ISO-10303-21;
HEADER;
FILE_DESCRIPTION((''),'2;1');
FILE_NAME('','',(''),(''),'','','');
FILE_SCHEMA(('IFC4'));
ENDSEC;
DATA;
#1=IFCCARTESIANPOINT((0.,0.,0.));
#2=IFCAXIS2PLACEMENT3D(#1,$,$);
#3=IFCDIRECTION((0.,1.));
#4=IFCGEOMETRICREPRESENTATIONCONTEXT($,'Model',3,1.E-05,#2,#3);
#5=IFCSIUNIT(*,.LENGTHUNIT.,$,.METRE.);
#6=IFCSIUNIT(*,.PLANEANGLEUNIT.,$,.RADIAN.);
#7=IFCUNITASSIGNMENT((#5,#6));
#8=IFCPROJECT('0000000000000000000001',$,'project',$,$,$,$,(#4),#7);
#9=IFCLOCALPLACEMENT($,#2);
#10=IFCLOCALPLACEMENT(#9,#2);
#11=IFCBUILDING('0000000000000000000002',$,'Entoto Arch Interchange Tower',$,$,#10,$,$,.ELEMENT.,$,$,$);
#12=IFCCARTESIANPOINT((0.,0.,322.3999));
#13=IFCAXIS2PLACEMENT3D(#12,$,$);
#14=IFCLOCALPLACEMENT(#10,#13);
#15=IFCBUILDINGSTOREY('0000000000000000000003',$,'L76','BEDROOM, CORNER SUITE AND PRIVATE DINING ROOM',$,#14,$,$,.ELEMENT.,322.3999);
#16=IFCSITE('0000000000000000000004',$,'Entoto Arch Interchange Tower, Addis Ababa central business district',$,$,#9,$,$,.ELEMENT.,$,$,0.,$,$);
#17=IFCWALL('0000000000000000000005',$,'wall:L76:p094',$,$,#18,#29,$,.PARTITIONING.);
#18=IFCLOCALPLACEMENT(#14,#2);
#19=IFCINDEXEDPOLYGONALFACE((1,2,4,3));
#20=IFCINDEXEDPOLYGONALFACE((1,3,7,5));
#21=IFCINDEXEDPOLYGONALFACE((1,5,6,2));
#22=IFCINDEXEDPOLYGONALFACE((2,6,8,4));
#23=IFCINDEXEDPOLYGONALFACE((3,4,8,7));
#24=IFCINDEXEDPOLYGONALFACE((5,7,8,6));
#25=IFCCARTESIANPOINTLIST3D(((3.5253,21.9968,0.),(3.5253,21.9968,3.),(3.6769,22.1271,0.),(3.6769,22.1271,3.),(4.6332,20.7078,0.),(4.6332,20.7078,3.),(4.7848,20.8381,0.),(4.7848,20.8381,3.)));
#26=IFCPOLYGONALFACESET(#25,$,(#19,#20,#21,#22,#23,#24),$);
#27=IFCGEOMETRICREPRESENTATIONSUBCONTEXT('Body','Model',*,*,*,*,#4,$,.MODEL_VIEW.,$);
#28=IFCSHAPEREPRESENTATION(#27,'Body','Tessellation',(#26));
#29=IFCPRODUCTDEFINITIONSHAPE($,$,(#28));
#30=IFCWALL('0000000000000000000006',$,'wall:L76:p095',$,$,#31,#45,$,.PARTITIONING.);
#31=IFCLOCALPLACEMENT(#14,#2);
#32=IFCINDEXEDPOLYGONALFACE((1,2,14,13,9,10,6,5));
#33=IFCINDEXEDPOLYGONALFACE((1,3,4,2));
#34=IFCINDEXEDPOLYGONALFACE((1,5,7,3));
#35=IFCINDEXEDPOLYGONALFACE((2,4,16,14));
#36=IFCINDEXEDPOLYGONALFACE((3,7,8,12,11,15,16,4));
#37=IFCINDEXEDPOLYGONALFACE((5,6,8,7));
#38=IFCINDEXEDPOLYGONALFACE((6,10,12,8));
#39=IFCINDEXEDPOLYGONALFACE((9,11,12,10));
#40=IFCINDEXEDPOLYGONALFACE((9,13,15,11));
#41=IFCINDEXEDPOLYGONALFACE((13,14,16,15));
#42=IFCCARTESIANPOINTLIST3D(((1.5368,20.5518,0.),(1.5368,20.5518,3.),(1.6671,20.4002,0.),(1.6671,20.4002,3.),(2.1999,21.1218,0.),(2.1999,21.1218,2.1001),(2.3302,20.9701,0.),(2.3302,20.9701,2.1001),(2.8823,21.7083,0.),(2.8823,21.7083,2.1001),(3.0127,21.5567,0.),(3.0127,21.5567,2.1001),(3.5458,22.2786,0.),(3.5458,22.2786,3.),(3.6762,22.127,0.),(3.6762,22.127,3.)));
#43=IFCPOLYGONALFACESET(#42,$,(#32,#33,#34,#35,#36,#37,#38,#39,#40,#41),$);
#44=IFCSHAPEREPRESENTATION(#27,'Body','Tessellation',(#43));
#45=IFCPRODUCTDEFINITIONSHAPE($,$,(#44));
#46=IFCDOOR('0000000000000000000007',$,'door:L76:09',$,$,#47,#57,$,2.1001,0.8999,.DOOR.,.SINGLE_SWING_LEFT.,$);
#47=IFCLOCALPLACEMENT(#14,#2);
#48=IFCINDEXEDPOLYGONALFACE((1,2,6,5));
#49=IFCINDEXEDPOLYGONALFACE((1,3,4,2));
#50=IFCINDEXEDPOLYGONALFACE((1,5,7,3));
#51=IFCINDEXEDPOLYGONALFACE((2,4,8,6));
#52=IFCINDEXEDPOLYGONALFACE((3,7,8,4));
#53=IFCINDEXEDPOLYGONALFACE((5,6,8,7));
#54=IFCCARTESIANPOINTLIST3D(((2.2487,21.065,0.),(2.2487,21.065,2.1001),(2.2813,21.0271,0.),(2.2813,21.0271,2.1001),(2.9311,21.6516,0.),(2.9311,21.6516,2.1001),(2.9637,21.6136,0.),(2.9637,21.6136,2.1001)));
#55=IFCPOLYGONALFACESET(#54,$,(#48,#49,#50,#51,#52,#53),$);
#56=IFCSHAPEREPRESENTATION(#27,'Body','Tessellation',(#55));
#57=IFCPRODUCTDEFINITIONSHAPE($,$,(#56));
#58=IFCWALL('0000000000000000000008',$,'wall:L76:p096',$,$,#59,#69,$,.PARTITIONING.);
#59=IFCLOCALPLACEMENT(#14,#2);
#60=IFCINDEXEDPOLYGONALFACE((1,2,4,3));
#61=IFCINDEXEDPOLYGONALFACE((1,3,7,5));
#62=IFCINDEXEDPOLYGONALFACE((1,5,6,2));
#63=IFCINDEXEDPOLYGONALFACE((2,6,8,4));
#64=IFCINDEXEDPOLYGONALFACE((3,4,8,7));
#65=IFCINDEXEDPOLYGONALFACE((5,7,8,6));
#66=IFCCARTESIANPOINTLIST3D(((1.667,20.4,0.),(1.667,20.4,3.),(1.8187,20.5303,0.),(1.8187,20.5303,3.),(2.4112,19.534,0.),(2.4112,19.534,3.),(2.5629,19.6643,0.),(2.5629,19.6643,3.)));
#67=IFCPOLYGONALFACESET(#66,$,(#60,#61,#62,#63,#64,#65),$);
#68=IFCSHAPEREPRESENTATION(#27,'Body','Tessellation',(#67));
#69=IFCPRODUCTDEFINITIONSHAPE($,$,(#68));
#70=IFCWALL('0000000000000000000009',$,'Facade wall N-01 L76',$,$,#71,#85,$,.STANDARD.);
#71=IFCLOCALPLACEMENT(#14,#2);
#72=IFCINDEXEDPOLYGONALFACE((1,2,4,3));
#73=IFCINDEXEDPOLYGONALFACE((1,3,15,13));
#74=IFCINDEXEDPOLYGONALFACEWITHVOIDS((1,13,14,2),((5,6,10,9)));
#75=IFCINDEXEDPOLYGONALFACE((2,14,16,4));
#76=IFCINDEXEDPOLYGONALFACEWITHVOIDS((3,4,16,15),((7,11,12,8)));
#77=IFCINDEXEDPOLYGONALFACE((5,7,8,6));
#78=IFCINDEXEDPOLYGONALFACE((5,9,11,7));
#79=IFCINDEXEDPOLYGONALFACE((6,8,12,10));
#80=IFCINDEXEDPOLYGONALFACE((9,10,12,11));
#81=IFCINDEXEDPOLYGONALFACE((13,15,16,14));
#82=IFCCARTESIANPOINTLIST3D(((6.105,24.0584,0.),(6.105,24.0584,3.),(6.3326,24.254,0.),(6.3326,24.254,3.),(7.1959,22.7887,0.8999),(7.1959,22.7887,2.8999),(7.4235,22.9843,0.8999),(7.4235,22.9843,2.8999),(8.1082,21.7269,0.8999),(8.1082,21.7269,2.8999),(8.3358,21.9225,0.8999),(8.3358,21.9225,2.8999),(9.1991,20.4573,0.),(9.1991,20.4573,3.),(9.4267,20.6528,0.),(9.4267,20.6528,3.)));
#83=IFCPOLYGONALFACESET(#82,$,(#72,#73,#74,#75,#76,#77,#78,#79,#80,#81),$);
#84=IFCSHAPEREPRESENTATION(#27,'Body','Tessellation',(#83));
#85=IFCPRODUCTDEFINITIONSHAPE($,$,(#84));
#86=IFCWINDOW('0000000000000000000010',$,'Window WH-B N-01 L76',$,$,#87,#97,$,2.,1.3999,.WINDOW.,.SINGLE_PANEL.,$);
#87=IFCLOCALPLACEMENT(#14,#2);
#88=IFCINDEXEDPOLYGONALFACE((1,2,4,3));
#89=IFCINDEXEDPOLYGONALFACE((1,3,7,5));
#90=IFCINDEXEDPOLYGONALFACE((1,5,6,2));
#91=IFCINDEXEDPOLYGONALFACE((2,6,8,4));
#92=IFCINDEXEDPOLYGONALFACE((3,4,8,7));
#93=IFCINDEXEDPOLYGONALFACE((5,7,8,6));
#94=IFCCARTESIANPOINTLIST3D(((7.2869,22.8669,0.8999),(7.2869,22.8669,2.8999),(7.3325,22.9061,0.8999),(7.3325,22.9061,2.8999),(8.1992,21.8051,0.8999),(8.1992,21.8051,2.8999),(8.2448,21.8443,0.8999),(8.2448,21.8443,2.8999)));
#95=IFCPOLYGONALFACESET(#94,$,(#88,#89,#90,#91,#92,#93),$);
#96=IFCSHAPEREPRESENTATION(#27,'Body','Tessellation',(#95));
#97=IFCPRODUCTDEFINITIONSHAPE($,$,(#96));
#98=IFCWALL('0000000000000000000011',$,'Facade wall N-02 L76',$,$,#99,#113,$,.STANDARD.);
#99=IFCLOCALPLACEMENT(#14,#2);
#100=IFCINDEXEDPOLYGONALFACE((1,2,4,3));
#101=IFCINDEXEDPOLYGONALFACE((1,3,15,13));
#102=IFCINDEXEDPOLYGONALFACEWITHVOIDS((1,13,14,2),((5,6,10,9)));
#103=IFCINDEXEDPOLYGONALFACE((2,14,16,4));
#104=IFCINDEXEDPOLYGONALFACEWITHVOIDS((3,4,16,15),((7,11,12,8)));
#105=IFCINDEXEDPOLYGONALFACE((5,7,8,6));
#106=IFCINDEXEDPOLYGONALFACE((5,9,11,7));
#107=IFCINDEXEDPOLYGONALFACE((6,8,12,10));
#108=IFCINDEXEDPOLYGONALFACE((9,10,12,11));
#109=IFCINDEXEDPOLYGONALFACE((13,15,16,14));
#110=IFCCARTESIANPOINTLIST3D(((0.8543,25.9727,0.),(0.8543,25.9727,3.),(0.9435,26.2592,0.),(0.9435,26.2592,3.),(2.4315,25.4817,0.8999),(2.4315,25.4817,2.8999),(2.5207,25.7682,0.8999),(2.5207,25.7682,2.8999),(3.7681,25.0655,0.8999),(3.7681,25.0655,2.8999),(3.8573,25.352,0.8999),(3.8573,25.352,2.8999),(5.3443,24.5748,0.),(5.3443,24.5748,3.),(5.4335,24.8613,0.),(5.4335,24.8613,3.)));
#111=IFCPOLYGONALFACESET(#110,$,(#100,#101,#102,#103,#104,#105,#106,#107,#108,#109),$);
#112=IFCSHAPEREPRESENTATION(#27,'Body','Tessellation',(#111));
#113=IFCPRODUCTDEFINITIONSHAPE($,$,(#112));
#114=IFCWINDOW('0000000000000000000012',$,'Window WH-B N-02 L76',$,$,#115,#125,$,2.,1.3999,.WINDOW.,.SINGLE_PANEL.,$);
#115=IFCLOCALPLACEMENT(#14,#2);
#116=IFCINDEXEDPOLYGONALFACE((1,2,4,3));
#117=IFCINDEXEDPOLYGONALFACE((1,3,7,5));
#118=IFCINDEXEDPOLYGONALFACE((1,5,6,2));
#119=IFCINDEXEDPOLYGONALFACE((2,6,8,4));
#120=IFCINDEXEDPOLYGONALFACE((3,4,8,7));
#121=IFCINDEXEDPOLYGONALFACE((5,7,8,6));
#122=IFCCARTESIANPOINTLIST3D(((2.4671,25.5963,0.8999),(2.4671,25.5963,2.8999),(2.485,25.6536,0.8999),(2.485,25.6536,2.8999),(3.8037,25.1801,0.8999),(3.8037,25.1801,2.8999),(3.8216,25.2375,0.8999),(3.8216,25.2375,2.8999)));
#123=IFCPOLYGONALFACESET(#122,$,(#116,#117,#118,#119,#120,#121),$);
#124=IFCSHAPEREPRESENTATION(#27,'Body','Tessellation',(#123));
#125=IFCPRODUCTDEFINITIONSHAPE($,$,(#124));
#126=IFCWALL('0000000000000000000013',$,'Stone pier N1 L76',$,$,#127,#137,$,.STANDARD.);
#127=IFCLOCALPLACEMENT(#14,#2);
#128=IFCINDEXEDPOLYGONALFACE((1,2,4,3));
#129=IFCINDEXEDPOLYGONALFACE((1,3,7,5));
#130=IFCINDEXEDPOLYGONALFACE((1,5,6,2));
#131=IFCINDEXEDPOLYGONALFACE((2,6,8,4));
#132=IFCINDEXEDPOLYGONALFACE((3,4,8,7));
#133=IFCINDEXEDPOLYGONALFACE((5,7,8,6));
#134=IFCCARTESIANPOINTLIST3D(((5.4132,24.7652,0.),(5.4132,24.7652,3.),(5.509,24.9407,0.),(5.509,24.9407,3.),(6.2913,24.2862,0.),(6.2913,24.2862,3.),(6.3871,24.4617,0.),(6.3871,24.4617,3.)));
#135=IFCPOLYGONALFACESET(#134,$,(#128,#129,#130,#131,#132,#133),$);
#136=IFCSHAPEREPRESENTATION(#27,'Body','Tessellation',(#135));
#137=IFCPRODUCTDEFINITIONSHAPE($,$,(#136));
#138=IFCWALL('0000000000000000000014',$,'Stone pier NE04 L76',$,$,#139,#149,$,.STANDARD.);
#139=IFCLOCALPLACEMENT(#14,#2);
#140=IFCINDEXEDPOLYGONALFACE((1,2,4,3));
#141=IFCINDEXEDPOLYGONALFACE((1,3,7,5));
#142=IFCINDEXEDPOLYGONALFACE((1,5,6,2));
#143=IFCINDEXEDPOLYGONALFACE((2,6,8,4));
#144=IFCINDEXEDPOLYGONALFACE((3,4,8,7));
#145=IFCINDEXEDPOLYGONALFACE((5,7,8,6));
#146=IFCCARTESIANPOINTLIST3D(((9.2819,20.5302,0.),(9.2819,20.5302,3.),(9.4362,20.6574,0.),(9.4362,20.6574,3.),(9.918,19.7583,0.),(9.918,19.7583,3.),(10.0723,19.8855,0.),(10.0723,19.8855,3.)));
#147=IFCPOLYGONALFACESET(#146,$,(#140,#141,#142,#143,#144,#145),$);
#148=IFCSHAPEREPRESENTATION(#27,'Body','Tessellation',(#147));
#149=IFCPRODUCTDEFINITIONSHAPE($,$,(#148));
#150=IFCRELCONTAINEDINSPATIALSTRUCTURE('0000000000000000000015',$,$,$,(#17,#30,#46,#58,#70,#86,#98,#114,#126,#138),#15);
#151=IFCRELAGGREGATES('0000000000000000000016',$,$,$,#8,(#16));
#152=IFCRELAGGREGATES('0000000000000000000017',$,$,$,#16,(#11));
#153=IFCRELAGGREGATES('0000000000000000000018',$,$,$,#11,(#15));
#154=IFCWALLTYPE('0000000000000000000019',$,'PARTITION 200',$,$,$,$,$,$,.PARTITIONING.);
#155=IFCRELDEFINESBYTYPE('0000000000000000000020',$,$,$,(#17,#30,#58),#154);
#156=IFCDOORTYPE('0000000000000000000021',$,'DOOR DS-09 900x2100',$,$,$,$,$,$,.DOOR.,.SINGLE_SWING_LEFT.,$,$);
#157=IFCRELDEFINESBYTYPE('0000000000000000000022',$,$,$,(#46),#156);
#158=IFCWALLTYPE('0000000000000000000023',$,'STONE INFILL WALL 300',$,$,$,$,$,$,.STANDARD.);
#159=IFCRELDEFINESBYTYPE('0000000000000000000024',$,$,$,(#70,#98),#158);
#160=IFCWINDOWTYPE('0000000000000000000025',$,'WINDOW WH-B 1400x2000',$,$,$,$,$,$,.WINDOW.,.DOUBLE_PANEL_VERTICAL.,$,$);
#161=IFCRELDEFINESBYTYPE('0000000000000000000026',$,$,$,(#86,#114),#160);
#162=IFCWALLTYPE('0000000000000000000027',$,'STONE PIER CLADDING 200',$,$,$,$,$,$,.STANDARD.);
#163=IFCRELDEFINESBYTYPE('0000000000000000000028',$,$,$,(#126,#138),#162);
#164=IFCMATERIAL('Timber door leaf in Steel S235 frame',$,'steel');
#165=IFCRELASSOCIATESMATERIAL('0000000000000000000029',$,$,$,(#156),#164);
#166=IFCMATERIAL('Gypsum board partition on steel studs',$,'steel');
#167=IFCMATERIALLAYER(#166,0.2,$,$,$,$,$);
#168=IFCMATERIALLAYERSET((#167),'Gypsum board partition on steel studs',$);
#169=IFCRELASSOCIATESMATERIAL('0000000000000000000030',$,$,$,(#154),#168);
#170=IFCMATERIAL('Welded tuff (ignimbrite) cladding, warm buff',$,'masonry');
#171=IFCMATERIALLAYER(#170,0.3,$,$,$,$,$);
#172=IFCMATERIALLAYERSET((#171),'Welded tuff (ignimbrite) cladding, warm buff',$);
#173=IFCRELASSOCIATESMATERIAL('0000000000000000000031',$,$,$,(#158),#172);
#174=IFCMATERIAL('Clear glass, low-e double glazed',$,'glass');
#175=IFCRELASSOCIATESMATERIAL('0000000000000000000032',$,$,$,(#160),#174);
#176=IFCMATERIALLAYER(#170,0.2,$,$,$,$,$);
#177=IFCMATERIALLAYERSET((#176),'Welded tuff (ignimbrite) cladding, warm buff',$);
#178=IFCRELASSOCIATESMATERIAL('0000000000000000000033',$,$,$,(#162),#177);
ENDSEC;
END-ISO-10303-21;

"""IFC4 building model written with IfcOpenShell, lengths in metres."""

from ifc_helpers import new_model, si_unit, direction, frame, frame_2d, origin, place, context, subcontext, project, spatial, rectangle, extrude, material, layer, layer_set, type_object, element, fill, save


model = new_model("IFC4")

# Units and contexts
model_context = context("Model", 3, precision=1e-05, world=origin(), true_north=direction((0.0, 1.0)))
body_context = subcontext(model_context, "Body", "Model", "MODEL_VIEW")
ifc_project = project(units=[si_unit("LENGTHUNIT", "METRE"), si_unit("PLANEANGLEUNIT", "RADIAN")], contexts=[model_context])

# Site, building, storey
site_placement = place(None, origin())
site = spatial("IfcSite", under=ifc_project, at=site_placement, Name="Entoto Arch Interchange Tower, Addis Ababa central business district", CompositionType="ELEMENT", RefElevation=0.0)
building_placement = place(site_placement, origin())
building = spatial("IfcBuilding", under=site, at=building_placement, Name="Entoto Arch Interchange Tower", CompositionType="ELEMENT")
storey_placement = place(building_placement, frame((0.0, 0.0, 322.3999)))
storey = spatial("IfcBuildingStorey", under=building, at=storey_placement, Name="L76", Description="BEDROOM, CORNER SUITE AND PRIVATE DINING ROOM", CompositionType="ELEMENT", Elevation=322.3999)

# Shared definitions
ifc_material_1 = material(Name="Gypsum board partition on steel studs", Category="steel")
ifc_material_2 = material(Name="Timber door leaf in Steel S235 frame", Category="steel")
door_type_1 = type_object("IfcDoorType", Name="DOOR DS-09 900x2100", OperationType="SINGLE_SWING_LEFT", PredefinedType="DOOR", material=ifc_material_2)

# Shared definitions
ifc_layer_1 = layer(ifc_material_1, 0.2)
ifc_layer_set_1 = layer_set([ifc_layer_1], Name="Gypsum board partition on steel studs")
wall_type_1 = type_object("IfcWallType", Name="PARTITION 200", PredefinedType="PARTITIONING", material=ifc_layer_set_1)

# Wall
wall_1_placement = place(storey_placement, frame((4.709, 20.7729, 0.0), z_axis=(0.0, 0.0, 1.0), x_axis=(-0.651808, 0.758384, 0.0)))
element("IfcWall", 1, at=wall_1_placement, inside=storey, type_object=wall_type_1, Name="wall:L76:p094", PredefinedType="PARTITIONING", context=body_context, shape_type="SweptSolid", body=[
    extrude(rectangle(XDim=1.6997, YDim=0.2, at=frame_2d((0.8499, 0.0))), origin(), (0.0, 0.0, 1.0), 3.0),
])

# Wall, opening, door
wall_2_placement = place(storey_placement, frame((3.6111, 22.2029, 0.0), z_axis=(0.0, 0.0, 1.0), x_axis=(-0.758365, -0.651831, 0.0)))
wall_2 = element("IfcWall", 2, at=wall_2_placement, inside=storey, type_object=wall_type_1, Name="wall:L76:p095", PredefinedType="PARTITIONING", context=body_context, shape_type="SweptSolid", body=[
    extrude(rectangle(XDim=2.6492, YDim=0.2, at=frame_2d((1.3247, 0.0))), origin(), (0.0, 0.0, 1.0), 3.0),
])
opening_1_placement = place(wall_2_placement, frame((0.875, 0.0, 0.0)))
opening_1 = element("IfcOpeningElement", 3, at=opening_1_placement, cuts=wall_2, PredefinedType="OPENING", context=body_context, shape_type="SweptSolid", body=[
    extrude(rectangle(XDim=0.8999, YDim=2.1001, at=frame_2d((0.45, 1.05))), frame((0.0, 0.1099, 0.0), z_axis=(0.0, -1.0, 0.0), x_axis=(1.0, 0.0, 0.0)), (0.0, 0.0, 1.0), 0.22),
])
door_1_placement = place(opening_1_placement, origin())
door_1 = element("IfcDoor", 4, at=door_1_placement, inside=storey, type_object=door_type_1, Name="door:L76:09", OperationType="SINGLE_SWING_LEFT", OverallHeight=2.1001, OverallWidth=0.8999, PredefinedType="DOOR", context=body_context, shape_type="SweptSolid", body=[
    extrude(rectangle(XDim=0.8999, YDim=2.1001, at=frame_2d((0.45, 1.05))), frame((0.0, 0.0249, 0.0), z_axis=(0.0, -1.0, 0.0), x_axis=(1.0, 0.0, 0.0)), (0.0, 0.0, 1.0), 0.05),
])
fill(opening_1, door_1)

# Wall
wall_3_placement = place(storey_placement, frame((1.7429, 20.4651, 0.0), z_axis=(0.0, 0.0, 1.0), x_axis=(0.651742, -0.758441, 0.0)))
element("IfcWall", 5, at=wall_3_placement, inside=storey, type_object=wall_type_1, Name="wall:L76:p096", PredefinedType="PARTITIONING", context=body_context, shape_type="SweptSolid", body=[
    extrude(rectangle(XDim=1.1418, YDim=0.2, at=frame_2d((0.5708, 0.0))), origin(), (0.0, 0.0, 1.0), 3.0),
])

# Walls, openings, windows
ifc_material_3 = material(Name="Welded tuff (ignimbrite) cladding, warm buff", Category="masonry")
ifc_layer_2 = layer(ifc_material_3, 0.3)
ifc_layer_set_2 = layer_set([ifc_layer_2], Name="Welded tuff (ignimbrite) cladding, warm buff")
wall_type_2 = type_object("IfcWallType", Name="STONE INFILL WALL 300", PredefinedType="STANDARD", material=ifc_layer_set_2)
wall_4_placement = place(storey_placement, frame((9.313, 20.5549, 0.0), z_axis=(0.0, 0.0, 1.0), x_axis=(-0.651684, 0.75849, 0.0)))
wall_4 = element("IfcWall", 6, at=wall_4_placement, inside=storey, type_object=wall_type_2, Name="Facade wall N-01 L76", PredefinedType="STANDARD", context=body_context, shape_type="SweptSolid", body=[
    extrude(rectangle(XDim=4.7478, YDim=0.3, at=frame_2d((2.374, 0.0))), origin(), (0.0, 0.0, 1.0), 3.0),
])
opening_2_placement = place(wall_4_placement, frame((1.6741, 0.0, 0.8999)))
opening_2 = element("IfcOpeningElement", 7, at=opening_2_placement, cuts=wall_4, PredefinedType="OPENING", context=body_context, shape_type="SweptSolid", body=[
    extrude(rectangle(XDim=1.3999, YDim=2.0, at=frame_2d((0.7, 1.0))), frame((0.0, 0.1602, 0.0), z_axis=(0.0, -1.0, 0.0), x_axis=(1.0, 0.0, 0.0)), (0.0, 0.0, 1.0), 0.3201),
])
ifc_material_4 = material(Name="Clear glass, low-e double glazed", Category="glass")
window_type = type_object("IfcWindowType", Name="WINDOW WH-B 1400x2000", PartitioningType="DOUBLE_PANEL_VERTICAL", PredefinedType="WINDOW", material=ifc_material_4)
window_1_placement = place(opening_2_placement, origin())
window_1 = element("IfcWindow", 8, at=window_1_placement, inside=storey, type_object=window_type, Name="Window WH-B N-01 L76", OverallHeight=2.0, OverallWidth=1.3999, PartitioningType="SINGLE_PANEL", PredefinedType="WINDOW", context=body_context, shape_type="SweptSolid", body=[
    extrude(rectangle(XDim=1.3999, YDim=2.0, at=frame_2d((0.7, 1.0))), frame((0.0, 0.03, 0.0), z_axis=(0.0, -1.0, 0.0), x_axis=(1.0, 0.0, 0.0)), (0.0, 0.0, 1.0), 0.0601),
])
fill(opening_2, window_1)
wall_5_placement = place(storey_placement, frame((5.3889, 24.718, 0.0), z_axis=(0.0, 0.0, 1.0), x_axis=(-0.954793, 0.297273, 0.0)))
wall_5 = element("IfcWall", 9, at=wall_5_placement, inside=storey, type_object=wall_type_2, Name="Facade wall N-02 L76", PredefinedType="STANDARD", context=body_context, shape_type="SweptSolid", body=[
    extrude(rectangle(XDim=4.7026, YDim=0.3, at=frame_2d((2.3513, 0.0))), origin(), (0.0, 0.0, 1.0), 3.0),
])
opening_3_placement = place(wall_5_placement, frame((1.6509, 0.0, 0.8999)))
opening_3 = element("IfcOpeningElement", 10, at=opening_3_placement, cuts=wall_5, PredefinedType="OPENING", context=body_context, shape_type="SweptSolid", body=[
    extrude(rectangle(XDim=1.3999, YDim=2.0, at=frame_2d((0.7, 1.0))), frame((0.0, 0.1602, 0.0), z_axis=(0.0, -1.0, 0.0), x_axis=(1.0, 0.0, 0.0)), (0.0, 0.0, 1.0), 0.3201),
])
window_2_placement = place(opening_3_placement, origin())
window_2 = element("IfcWindow", 11, at=window_2_placement, inside=storey, type_object=window_type, Name="Window WH-B N-02 L76", OverallHeight=2.0, OverallWidth=1.3999, PartitioningType="SINGLE_PANEL", PredefinedType="WINDOW", context=body_context, shape_type="SweptSolid", body=[
    extrude(rectangle(XDim=1.3999, YDim=2.0, at=frame_2d((0.7, 1.0))), frame((0.0, 0.03, 0.0), z_axis=(0.0, -1.0, 0.0), x_axis=(1.0, 0.0, 0.0)), (0.0, 0.0, 1.0), 0.0601),
])
fill(opening_3, window_2)

# Walls
ifc_layer_3 = layer(ifc_material_3, 0.2)
ifc_layer_set_3 = layer_set([ifc_layer_3], Name="Welded tuff (ignimbrite) cladding, warm buff")
wall_type_3 = type_object("IfcWallType", Name="STONE PIER CLADDING 200", PredefinedType="STANDARD", material=ifc_layer_set_3)
for number, where, z_axis, x_axis, name in (
    (12, (6.3391, 24.374, 0.0), (0.0, 0.0, 1.0), (-0.877896, 0.478852, 0.0), "Stone pier N1 L76"),
    (13, (9.9951, 19.822, 0.0), (0.0, 0.0, 1.0), (-0.635998, 0.771691, 0.0), "Stone pier NE04 L76"),
):
    element("IfcWall", number, at=place(storey_placement, frame(where, z_axis=z_axis, x_axis=x_axis)), inside=storey, type_object=wall_type_3, Name=name, PredefinedType="STANDARD", context=body_context, shape_type="SweptSolid", body=[
        extrude(rectangle(XDim=1.0002, YDim=0.2, at=frame_2d((0.5, 0.0))), origin(), (0.0, 0.0, 1.0), 3.0),
    ])

save(model, "model.ifc")
